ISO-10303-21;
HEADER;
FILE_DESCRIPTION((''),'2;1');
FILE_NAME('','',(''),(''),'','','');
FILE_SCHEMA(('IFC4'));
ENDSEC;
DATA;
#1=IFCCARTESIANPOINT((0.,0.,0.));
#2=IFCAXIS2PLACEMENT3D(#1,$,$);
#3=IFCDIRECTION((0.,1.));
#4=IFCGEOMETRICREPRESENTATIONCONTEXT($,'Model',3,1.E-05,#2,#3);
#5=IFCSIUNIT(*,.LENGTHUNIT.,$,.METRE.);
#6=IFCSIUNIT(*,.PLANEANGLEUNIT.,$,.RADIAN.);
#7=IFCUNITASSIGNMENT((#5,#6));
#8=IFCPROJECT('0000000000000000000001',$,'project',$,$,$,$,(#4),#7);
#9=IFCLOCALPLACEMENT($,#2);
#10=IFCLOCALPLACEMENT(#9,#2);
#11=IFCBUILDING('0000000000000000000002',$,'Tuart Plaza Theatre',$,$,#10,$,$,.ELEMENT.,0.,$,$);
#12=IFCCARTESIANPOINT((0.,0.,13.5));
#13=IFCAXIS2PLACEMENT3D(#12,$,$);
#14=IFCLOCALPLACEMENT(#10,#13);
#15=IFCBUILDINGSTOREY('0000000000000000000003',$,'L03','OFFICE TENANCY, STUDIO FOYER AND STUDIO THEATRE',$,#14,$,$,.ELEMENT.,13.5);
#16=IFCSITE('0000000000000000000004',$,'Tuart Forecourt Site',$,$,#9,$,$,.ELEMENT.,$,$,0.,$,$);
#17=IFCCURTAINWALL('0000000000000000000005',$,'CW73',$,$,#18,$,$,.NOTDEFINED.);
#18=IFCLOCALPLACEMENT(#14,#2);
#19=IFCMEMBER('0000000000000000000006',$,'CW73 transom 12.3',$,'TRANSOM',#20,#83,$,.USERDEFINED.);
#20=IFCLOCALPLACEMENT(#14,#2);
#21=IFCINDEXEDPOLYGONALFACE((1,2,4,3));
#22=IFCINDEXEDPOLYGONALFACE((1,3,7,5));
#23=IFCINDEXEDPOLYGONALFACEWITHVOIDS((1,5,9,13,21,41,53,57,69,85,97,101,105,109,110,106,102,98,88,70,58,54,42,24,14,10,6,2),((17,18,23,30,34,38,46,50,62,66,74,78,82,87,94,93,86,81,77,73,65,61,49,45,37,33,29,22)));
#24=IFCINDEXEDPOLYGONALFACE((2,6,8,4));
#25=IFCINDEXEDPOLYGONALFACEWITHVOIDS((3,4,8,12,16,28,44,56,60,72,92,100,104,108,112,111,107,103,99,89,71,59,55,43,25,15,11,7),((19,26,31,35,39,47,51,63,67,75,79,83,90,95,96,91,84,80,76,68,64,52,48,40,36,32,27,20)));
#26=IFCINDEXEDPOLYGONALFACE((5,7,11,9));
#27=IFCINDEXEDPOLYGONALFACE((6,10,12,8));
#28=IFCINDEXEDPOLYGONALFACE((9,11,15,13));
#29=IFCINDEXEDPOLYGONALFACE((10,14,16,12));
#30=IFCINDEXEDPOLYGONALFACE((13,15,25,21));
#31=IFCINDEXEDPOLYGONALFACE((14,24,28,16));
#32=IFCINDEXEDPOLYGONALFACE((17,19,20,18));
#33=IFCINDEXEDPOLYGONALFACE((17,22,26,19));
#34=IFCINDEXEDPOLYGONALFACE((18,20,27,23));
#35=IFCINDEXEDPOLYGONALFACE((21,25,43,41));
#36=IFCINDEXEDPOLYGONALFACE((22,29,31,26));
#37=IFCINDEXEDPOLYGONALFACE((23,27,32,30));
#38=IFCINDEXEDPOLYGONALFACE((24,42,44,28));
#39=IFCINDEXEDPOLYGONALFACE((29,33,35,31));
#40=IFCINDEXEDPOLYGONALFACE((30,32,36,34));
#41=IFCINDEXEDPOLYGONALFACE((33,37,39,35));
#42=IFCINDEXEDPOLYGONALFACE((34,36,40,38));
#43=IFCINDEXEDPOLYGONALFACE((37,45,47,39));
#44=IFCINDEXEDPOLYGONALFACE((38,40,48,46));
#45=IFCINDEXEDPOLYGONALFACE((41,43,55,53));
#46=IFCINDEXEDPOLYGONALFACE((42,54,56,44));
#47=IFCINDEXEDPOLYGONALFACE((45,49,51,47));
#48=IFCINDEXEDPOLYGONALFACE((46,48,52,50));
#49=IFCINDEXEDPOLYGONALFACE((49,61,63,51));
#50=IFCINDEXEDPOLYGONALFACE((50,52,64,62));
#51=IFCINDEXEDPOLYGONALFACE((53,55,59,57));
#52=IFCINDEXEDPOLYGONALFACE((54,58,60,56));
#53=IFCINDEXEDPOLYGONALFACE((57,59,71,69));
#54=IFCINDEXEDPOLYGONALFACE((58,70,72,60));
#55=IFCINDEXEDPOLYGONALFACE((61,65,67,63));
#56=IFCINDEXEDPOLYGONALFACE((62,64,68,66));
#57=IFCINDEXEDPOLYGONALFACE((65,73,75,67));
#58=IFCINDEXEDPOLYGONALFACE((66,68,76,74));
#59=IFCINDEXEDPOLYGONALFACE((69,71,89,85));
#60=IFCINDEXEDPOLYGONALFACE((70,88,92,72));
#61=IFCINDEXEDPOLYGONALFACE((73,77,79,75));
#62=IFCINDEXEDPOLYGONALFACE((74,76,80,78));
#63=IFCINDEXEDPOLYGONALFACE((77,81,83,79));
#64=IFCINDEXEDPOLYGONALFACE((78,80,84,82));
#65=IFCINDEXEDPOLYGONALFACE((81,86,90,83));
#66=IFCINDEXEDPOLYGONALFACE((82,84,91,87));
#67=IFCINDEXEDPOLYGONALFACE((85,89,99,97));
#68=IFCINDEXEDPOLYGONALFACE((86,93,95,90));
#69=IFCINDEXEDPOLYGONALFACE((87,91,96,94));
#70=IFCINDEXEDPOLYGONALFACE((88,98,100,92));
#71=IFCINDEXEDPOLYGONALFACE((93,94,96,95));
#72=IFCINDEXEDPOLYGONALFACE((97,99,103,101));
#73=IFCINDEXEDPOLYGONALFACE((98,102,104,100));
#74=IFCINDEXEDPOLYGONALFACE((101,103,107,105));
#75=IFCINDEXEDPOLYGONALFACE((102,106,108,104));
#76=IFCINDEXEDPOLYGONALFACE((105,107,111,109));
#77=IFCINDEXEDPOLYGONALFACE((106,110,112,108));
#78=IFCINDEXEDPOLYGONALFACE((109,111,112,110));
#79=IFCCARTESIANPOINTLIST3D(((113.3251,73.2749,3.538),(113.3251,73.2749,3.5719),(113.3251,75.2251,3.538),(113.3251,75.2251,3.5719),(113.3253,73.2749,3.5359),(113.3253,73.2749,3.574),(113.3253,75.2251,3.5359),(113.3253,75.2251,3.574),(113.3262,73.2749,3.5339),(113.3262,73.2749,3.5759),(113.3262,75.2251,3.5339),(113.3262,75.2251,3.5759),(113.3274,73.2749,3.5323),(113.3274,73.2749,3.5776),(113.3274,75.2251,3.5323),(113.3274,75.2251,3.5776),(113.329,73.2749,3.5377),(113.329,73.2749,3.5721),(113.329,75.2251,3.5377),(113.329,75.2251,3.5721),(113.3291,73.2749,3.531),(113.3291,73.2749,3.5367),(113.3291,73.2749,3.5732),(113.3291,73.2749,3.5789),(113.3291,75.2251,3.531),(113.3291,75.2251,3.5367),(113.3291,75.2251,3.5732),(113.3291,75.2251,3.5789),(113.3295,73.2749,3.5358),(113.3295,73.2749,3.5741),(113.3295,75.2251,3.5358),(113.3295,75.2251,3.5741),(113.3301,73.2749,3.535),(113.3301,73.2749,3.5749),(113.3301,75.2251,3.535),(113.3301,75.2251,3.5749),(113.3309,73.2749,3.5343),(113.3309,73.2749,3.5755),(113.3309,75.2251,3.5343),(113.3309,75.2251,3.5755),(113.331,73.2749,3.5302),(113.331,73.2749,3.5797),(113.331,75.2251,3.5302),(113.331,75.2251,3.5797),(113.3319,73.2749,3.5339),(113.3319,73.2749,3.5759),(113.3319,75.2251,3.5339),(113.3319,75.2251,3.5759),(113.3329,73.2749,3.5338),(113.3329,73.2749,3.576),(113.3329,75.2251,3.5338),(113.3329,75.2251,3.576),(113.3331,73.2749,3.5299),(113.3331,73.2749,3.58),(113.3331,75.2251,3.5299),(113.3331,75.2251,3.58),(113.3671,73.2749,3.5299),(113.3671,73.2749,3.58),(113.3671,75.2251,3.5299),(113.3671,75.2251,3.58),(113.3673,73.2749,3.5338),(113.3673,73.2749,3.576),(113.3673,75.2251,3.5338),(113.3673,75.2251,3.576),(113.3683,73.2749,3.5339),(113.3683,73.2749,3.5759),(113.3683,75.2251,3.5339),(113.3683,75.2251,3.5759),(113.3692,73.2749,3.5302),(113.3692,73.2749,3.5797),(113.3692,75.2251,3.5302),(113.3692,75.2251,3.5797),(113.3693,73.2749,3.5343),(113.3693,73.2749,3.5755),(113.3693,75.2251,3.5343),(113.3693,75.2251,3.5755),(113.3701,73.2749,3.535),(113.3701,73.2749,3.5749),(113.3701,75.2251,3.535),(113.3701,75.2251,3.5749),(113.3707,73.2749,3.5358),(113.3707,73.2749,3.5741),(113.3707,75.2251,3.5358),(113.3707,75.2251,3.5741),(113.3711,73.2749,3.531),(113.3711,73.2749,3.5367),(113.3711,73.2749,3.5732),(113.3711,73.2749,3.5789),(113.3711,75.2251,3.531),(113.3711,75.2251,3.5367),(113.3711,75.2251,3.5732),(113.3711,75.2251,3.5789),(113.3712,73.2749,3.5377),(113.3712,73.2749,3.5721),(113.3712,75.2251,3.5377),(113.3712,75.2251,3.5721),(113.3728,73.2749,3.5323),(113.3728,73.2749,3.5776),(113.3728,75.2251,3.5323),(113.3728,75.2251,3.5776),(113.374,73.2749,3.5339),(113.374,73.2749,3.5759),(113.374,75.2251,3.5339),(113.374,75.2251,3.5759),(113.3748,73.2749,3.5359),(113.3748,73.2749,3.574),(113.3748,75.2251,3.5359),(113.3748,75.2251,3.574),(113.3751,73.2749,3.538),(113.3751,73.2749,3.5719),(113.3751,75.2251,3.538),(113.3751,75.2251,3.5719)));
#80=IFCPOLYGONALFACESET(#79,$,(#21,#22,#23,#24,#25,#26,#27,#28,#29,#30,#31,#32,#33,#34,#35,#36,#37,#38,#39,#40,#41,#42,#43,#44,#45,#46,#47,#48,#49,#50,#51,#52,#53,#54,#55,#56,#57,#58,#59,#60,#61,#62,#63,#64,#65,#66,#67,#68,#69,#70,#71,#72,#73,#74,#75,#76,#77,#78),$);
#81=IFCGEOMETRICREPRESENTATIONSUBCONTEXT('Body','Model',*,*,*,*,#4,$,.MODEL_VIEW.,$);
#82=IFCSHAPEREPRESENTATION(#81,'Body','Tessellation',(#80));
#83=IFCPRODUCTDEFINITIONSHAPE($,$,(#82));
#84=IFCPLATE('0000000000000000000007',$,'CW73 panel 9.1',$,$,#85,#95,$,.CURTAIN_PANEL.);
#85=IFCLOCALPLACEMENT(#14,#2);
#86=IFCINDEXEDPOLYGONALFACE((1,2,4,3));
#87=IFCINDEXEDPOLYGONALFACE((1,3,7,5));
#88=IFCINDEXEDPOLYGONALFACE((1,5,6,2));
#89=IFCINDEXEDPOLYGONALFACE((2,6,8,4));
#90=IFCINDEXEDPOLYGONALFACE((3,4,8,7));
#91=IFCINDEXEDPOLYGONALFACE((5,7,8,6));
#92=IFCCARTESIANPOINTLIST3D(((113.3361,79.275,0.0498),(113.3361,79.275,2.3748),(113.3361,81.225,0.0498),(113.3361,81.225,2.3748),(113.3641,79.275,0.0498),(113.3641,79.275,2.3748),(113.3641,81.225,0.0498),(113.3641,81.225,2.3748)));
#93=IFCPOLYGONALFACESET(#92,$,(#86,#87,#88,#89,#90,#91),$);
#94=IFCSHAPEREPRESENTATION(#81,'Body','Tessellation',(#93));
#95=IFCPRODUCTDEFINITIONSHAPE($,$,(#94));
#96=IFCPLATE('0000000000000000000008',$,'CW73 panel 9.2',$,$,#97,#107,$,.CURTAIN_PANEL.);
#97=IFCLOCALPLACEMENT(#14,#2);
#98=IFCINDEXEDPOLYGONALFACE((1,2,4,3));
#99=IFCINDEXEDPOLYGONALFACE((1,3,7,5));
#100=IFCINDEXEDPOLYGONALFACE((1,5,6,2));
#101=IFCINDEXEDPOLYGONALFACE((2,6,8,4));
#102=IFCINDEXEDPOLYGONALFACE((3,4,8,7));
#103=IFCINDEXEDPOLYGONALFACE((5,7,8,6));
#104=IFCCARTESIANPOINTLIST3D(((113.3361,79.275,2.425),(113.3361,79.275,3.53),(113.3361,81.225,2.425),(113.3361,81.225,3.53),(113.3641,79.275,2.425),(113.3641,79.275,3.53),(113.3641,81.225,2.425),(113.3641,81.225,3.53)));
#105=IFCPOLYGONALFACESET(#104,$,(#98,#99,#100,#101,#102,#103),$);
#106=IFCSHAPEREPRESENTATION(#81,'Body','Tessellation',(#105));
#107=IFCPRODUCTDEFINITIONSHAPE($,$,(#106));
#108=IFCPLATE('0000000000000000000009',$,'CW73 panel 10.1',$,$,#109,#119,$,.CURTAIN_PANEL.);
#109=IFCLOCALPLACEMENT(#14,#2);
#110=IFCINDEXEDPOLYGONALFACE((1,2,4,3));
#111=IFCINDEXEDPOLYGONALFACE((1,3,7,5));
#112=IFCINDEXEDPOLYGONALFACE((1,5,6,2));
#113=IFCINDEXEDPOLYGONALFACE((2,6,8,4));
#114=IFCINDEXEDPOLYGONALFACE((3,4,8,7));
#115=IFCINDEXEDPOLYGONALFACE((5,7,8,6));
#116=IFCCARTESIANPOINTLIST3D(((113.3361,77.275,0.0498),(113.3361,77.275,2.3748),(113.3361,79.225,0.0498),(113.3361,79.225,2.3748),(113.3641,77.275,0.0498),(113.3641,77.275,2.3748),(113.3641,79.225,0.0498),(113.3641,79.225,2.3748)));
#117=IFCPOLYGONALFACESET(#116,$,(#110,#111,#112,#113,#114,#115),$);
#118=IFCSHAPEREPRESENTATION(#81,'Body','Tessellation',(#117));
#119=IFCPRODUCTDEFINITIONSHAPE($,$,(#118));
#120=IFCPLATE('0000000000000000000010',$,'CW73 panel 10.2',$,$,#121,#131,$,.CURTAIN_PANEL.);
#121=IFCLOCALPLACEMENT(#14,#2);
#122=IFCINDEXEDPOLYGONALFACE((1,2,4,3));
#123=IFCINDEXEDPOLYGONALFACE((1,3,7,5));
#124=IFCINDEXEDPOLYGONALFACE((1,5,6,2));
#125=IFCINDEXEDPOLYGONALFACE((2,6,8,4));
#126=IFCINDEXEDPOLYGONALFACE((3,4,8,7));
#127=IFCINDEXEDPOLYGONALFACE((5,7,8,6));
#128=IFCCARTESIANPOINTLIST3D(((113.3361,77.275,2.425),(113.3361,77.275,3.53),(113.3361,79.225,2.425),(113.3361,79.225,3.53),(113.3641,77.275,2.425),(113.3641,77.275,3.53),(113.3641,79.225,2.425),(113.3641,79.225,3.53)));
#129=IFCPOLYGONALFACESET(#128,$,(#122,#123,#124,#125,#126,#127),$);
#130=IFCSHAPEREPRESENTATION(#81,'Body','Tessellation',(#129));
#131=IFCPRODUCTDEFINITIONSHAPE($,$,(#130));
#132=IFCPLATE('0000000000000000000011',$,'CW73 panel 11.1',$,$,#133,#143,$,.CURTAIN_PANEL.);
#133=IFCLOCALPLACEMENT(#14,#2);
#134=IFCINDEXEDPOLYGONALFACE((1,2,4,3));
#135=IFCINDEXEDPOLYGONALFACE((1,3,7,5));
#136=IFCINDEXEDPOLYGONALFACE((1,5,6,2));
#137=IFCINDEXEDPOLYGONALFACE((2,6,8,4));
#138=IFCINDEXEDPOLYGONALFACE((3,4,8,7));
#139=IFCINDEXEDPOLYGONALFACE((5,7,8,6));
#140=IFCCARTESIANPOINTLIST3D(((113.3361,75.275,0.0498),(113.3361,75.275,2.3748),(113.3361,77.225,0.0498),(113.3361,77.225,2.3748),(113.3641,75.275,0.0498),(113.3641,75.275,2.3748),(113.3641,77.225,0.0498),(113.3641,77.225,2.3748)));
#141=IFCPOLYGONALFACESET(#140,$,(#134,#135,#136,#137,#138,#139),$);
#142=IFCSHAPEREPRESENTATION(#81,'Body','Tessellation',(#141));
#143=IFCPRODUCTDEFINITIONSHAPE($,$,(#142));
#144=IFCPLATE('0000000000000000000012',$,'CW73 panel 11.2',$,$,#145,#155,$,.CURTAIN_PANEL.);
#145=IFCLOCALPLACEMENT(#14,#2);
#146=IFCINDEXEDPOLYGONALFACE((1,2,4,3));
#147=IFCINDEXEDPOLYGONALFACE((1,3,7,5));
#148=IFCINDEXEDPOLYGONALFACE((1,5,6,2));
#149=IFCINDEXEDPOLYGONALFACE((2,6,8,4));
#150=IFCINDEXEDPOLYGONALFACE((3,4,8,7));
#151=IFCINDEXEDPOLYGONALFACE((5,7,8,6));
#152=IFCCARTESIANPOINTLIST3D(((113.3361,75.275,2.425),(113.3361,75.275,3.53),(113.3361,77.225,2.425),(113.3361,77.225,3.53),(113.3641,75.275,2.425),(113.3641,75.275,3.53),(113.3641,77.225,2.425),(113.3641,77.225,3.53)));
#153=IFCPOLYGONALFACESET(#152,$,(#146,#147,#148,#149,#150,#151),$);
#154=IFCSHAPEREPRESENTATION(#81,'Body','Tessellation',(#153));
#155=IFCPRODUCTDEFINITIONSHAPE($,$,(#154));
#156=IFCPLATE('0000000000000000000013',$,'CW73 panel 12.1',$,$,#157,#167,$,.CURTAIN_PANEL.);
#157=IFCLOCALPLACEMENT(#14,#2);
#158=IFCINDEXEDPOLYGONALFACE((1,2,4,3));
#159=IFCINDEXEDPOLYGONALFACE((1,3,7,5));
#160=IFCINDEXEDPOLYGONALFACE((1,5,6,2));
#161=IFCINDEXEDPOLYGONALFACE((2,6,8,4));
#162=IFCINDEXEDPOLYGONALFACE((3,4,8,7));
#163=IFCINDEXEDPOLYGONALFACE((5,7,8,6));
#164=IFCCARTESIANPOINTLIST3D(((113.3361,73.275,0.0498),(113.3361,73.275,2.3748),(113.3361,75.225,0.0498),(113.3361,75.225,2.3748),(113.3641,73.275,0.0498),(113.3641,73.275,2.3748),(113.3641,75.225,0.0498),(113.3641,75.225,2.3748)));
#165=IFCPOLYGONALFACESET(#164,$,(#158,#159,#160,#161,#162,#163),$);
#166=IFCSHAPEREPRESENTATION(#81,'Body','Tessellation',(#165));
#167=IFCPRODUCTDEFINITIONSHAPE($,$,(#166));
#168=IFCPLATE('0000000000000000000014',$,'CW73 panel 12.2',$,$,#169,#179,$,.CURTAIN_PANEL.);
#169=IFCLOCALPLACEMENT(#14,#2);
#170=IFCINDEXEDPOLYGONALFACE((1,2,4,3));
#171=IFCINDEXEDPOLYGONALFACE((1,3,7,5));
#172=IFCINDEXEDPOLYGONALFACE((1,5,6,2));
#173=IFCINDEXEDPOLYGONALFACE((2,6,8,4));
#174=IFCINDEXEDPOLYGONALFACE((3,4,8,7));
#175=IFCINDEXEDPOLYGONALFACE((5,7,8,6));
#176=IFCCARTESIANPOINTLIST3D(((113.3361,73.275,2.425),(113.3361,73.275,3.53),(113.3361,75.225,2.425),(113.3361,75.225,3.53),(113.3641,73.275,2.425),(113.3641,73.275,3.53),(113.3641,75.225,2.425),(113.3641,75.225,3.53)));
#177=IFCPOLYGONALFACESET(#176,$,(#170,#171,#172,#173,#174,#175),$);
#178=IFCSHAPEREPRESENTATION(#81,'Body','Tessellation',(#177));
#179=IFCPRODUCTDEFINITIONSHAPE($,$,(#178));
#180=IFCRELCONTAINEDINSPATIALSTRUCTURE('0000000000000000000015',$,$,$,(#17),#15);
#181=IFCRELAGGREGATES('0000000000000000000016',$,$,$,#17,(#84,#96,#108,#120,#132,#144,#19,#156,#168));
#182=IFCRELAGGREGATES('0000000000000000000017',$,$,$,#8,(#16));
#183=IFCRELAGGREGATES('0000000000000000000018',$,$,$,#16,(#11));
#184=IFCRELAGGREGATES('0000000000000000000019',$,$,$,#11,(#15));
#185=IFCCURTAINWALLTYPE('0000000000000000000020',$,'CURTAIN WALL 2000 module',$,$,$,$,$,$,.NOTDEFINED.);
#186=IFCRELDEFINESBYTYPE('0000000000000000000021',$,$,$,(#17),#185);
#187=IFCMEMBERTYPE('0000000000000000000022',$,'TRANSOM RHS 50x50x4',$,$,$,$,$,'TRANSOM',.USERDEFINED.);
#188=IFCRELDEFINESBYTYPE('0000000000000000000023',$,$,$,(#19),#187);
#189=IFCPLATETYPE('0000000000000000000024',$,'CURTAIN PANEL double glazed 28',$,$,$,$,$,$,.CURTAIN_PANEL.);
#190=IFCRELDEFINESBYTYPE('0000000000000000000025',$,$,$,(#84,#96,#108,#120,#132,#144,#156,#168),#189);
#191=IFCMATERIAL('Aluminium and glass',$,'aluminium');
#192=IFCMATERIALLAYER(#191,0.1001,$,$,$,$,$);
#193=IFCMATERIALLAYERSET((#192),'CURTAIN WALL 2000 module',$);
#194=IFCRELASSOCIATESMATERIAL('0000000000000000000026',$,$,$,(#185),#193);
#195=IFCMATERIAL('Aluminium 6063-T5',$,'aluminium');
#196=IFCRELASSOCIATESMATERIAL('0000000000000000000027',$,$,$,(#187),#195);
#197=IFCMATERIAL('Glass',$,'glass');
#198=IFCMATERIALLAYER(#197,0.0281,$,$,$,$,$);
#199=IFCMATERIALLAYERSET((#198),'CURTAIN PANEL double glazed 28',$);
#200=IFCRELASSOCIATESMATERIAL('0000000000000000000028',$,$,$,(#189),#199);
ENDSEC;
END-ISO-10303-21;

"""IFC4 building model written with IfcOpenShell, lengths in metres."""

from ifc_helpers import new_model, si_unit, direction, frame, origin, origin_2d, place, context, subcontext, project, spatial, rectangle, hollow_rectangle, extrude, material, layer, layer_set, material_profile, profile_set, type_object, element, aggregate, save


model = new_model("IFC4")

# Units and contexts
model_context = context("Model", 3, precision=1e-05, world=origin(), true_north=direction((0.0, 1.0)))
body_context = subcontext(model_context, "Body", "Model", "MODEL_VIEW")
ifc_project = project(units=[si_unit("LENGTHUNIT", "METRE"), si_unit("PLANEANGLEUNIT", "RADIAN")], contexts=[model_context])

# Site, building, storey
site_placement = place(None, origin())
site = spatial("IfcSite", under=ifc_project, at=site_placement, Name="Tuart Forecourt Site", CompositionType="ELEMENT", RefElevation=0.0)
building_placement = place(site_placement, origin())
building = spatial("IfcBuilding", under=site, at=building_placement, Name="Tuart Plaza Theatre", CompositionType="ELEMENT", ElevationOfRefHeight=0.0)
storey_placement = place(building_placement, frame((0.0, 0.0, 13.5)))
storey = spatial("IfcBuildingStorey", under=building, at=storey_placement, Name="L03", Description="OFFICE TENANCY, STUDIO FOYER AND STUDIO THEATRE", CompositionType="ELEMENT", Elevation=13.5)

# Curtain wall, member, plates
ifc_material_1 = material(Name="Aluminium and glass", Category="aluminium")
ifc_layer_1 = layer(ifc_material_1, 0.1001)
ifc_layer_set_1 = layer_set([ifc_layer_1], Name="CURTAIN WALL 2000 module")
curtain_wall_type = type_object("IfcCurtainWallType", Name="CURTAIN WALL 2000 module", PredefinedType="NOTDEFINED", material=ifc_layer_set_1)
curtain_wall_placement = place(storey_placement, origin())
curtain_wall = element("IfcCurtainWall", 1, at=curtain_wall_placement, inside=storey, type_object=curtain_wall_type, Name="CW73", PredefinedType="NOTDEFINED")
ifc_material_2 = material(Name="Aluminium 6063-T5", Category="aluminium")
ifc_material_profile_1 = material_profile(ifc_material_2, hollow_rectangle(XDim=0.05, YDim=0.05, WallThickness=0.0039, InnerFilletRadius=0.0039, OuterFilletRadius=0.0081, at=origin_2d()), Name="RHS 50x50x4")
ifc_profile_set_1 = profile_set([ifc_material_profile_1], Name="Aluminium 6063-T5")
member_type_1 = type_object("IfcMemberType", Name="TRANSOM RHS 50x50x4", ElementType="TRANSOM", PredefinedType="USERDEFINED", material=ifc_profile_set_1)
member_1_placement = place(storey_placement, frame((113.3501, 75.2251, 3.5549), z_axis=(0.0, -1.0, 0.0), x_axis=(1.0, 0.0, 0.0)))
member_1 = element("IfcMember", 2, at=member_1_placement, type_object=member_type_1, Name="CW73 transom 12.3", ObjectType="TRANSOM", PredefinedType="USERDEFINED", context=body_context, shape_type="SweptSolid", body=[
    extrude(hollow_rectangle(XDim=0.05, YDim=0.05, WallThickness=0.0039, InnerFilletRadius=0.0039, OuterFilletRadius=0.0081, at=origin_2d()), origin(), (0.0, 0.0, 1.0), 1.9502),
])
ifc_material_3 = material(Name="Glass", Category="glass")
ifc_layer_2 = layer(ifc_material_3, 0.0281)
ifc_layer_set_2 = layer_set([ifc_layer_2], Name="CURTAIN PANEL double glazed 28")
plate_type = type_object("IfcPlateType", Name="CURTAIN PANEL double glazed 28", PredefinedType="CURTAIN_PANEL", material=ifc_layer_set_2)
plate_1_placement = place(storey_placement, frame((113.3501, 80.25, 0.0498), z_axis=(0.0, 0.0, 1.0), x_axis=(0.0, -1.0, 0.0)))
plate_1 = element("IfcPlate", 3, at=plate_1_placement, type_object=plate_type, Name="CW73 panel 9.1", PredefinedType="CURTAIN_PANEL", context=body_context, shape_type="SweptSolid", body=[
    extrude(rectangle(XDim=1.95, YDim=0.0281, at=origin_2d()), origin(), (0.0, 0.0, 1.0), 2.325),
])
plate_2_placement = place(storey_placement, frame((113.3501, 80.25, 2.425), z_axis=(0.0, 0.0, 1.0), x_axis=(0.0, -1.0, 0.0)))
plate_2 = element("IfcPlate", 4, at=plate_2_placement, type_object=plate_type, Name="CW73 panel 9.2", PredefinedType="CURTAIN_PANEL", context=body_context, shape_type="SweptSolid", body=[
    extrude(rectangle(XDim=1.95, YDim=0.0281, at=origin_2d()), origin(), (0.0, 0.0, 1.0), 1.105),
])
plate_3_placement = place(storey_placement, frame((113.3501, 78.25, 0.0498), z_axis=(0.0, 0.0, 1.0), x_axis=(0.0, -1.0, 0.0)))
plate_3 = element("IfcPlate", 5, at=plate_3_placement, type_object=plate_type, Name="CW73 panel 10.1", PredefinedType="CURTAIN_PANEL", context=body_context, shape_type="SweptSolid", body=[
    extrude(rectangle(XDim=1.95, YDim=0.0281, at=origin_2d()), origin(), (0.0, 0.0, 1.0), 2.325),
])
plate_4_placement = place(storey_placement, frame((113.3501, 78.25, 2.425), z_axis=(0.0, 0.0, 1.0), x_axis=(0.0, -1.0, 0.0)))
plate_4 = element("IfcPlate", 6, at=plate_4_placement, type_object=plate_type, Name="CW73 panel 10.2", PredefinedType="CURTAIN_PANEL", context=body_context, shape_type="SweptSolid", body=[
    extrude(rectangle(XDim=1.95, YDim=0.0281, at=origin_2d()), origin(), (0.0, 0.0, 1.0), 1.105),
])
plate_5_placement = place(storey_placement, frame((113.3501, 76.25, 0.0498), z_axis=(0.0, 0.0, 1.0), x_axis=(0.0, -1.0, 0.0)))
plate_5 = element("IfcPlate", 7, at=plate_5_placement, type_object=plate_type, Name="CW73 panel 11.1", PredefinedType="CURTAIN_PANEL", context=body_context, shape_type="SweptSolid", body=[
    extrude(rectangle(XDim=1.95, YDim=0.0281, at=origin_2d()), origin(), (0.0, 0.0, 1.0), 2.325),
])
plate_6_placement = place(storey_placement, frame((113.3501, 76.25, 2.425), z_axis=(0.0, 0.0, 1.0), x_axis=(0.0, -1.0, 0.0)))
plate_6 = element("IfcPlate", 8, at=plate_6_placement, type_object=plate_type, Name="CW73 panel 11.2", PredefinedType="CURTAIN_PANEL", context=body_context, shape_type="SweptSolid", body=[
    extrude(rectangle(XDim=1.95, YDim=0.0281, at=origin_2d()), origin(), (0.0, 0.0, 1.0), 1.105),
])
plate_7_placement = place(storey_placement, frame((113.3501, 74.25, 0.0498), z_axis=(0.0, 0.0, 1.0), x_axis=(0.0, -1.0, 0.0)))
plate_7 = element("IfcPlate", 9, at=plate_7_placement, type_object=plate_type, Name="CW73 panel 12.1", PredefinedType="CURTAIN_PANEL", context=body_context, shape_type="SweptSolid", body=[
    extrude(rectangle(XDim=1.95, YDim=0.0281, at=origin_2d()), origin(), (0.0, 0.0, 1.0), 2.325),
])
plate_8_placement = place(storey_placement, frame((113.3501, 74.25, 2.425), z_axis=(0.0, 0.0, 1.0), x_axis=(0.0, -1.0, 0.0)))
plate_8 = element("IfcPlate", 10, at=plate_8_placement, type_object=plate_type, Name="CW73 panel 12.2", PredefinedType="CURTAIN_PANEL", context=body_context, shape_type="SweptSolid", body=[
    extrude(rectangle(XDim=1.95, YDim=0.0281, at=origin_2d()), origin(), (0.0, 0.0, 1.0), 1.105),
])
aggregate(curtain_wall, [plate_1, plate_2, plate_3, plate_4, plate_5, plate_6, member_1, plate_7, plate_8])

save(model, "model.ifc")
